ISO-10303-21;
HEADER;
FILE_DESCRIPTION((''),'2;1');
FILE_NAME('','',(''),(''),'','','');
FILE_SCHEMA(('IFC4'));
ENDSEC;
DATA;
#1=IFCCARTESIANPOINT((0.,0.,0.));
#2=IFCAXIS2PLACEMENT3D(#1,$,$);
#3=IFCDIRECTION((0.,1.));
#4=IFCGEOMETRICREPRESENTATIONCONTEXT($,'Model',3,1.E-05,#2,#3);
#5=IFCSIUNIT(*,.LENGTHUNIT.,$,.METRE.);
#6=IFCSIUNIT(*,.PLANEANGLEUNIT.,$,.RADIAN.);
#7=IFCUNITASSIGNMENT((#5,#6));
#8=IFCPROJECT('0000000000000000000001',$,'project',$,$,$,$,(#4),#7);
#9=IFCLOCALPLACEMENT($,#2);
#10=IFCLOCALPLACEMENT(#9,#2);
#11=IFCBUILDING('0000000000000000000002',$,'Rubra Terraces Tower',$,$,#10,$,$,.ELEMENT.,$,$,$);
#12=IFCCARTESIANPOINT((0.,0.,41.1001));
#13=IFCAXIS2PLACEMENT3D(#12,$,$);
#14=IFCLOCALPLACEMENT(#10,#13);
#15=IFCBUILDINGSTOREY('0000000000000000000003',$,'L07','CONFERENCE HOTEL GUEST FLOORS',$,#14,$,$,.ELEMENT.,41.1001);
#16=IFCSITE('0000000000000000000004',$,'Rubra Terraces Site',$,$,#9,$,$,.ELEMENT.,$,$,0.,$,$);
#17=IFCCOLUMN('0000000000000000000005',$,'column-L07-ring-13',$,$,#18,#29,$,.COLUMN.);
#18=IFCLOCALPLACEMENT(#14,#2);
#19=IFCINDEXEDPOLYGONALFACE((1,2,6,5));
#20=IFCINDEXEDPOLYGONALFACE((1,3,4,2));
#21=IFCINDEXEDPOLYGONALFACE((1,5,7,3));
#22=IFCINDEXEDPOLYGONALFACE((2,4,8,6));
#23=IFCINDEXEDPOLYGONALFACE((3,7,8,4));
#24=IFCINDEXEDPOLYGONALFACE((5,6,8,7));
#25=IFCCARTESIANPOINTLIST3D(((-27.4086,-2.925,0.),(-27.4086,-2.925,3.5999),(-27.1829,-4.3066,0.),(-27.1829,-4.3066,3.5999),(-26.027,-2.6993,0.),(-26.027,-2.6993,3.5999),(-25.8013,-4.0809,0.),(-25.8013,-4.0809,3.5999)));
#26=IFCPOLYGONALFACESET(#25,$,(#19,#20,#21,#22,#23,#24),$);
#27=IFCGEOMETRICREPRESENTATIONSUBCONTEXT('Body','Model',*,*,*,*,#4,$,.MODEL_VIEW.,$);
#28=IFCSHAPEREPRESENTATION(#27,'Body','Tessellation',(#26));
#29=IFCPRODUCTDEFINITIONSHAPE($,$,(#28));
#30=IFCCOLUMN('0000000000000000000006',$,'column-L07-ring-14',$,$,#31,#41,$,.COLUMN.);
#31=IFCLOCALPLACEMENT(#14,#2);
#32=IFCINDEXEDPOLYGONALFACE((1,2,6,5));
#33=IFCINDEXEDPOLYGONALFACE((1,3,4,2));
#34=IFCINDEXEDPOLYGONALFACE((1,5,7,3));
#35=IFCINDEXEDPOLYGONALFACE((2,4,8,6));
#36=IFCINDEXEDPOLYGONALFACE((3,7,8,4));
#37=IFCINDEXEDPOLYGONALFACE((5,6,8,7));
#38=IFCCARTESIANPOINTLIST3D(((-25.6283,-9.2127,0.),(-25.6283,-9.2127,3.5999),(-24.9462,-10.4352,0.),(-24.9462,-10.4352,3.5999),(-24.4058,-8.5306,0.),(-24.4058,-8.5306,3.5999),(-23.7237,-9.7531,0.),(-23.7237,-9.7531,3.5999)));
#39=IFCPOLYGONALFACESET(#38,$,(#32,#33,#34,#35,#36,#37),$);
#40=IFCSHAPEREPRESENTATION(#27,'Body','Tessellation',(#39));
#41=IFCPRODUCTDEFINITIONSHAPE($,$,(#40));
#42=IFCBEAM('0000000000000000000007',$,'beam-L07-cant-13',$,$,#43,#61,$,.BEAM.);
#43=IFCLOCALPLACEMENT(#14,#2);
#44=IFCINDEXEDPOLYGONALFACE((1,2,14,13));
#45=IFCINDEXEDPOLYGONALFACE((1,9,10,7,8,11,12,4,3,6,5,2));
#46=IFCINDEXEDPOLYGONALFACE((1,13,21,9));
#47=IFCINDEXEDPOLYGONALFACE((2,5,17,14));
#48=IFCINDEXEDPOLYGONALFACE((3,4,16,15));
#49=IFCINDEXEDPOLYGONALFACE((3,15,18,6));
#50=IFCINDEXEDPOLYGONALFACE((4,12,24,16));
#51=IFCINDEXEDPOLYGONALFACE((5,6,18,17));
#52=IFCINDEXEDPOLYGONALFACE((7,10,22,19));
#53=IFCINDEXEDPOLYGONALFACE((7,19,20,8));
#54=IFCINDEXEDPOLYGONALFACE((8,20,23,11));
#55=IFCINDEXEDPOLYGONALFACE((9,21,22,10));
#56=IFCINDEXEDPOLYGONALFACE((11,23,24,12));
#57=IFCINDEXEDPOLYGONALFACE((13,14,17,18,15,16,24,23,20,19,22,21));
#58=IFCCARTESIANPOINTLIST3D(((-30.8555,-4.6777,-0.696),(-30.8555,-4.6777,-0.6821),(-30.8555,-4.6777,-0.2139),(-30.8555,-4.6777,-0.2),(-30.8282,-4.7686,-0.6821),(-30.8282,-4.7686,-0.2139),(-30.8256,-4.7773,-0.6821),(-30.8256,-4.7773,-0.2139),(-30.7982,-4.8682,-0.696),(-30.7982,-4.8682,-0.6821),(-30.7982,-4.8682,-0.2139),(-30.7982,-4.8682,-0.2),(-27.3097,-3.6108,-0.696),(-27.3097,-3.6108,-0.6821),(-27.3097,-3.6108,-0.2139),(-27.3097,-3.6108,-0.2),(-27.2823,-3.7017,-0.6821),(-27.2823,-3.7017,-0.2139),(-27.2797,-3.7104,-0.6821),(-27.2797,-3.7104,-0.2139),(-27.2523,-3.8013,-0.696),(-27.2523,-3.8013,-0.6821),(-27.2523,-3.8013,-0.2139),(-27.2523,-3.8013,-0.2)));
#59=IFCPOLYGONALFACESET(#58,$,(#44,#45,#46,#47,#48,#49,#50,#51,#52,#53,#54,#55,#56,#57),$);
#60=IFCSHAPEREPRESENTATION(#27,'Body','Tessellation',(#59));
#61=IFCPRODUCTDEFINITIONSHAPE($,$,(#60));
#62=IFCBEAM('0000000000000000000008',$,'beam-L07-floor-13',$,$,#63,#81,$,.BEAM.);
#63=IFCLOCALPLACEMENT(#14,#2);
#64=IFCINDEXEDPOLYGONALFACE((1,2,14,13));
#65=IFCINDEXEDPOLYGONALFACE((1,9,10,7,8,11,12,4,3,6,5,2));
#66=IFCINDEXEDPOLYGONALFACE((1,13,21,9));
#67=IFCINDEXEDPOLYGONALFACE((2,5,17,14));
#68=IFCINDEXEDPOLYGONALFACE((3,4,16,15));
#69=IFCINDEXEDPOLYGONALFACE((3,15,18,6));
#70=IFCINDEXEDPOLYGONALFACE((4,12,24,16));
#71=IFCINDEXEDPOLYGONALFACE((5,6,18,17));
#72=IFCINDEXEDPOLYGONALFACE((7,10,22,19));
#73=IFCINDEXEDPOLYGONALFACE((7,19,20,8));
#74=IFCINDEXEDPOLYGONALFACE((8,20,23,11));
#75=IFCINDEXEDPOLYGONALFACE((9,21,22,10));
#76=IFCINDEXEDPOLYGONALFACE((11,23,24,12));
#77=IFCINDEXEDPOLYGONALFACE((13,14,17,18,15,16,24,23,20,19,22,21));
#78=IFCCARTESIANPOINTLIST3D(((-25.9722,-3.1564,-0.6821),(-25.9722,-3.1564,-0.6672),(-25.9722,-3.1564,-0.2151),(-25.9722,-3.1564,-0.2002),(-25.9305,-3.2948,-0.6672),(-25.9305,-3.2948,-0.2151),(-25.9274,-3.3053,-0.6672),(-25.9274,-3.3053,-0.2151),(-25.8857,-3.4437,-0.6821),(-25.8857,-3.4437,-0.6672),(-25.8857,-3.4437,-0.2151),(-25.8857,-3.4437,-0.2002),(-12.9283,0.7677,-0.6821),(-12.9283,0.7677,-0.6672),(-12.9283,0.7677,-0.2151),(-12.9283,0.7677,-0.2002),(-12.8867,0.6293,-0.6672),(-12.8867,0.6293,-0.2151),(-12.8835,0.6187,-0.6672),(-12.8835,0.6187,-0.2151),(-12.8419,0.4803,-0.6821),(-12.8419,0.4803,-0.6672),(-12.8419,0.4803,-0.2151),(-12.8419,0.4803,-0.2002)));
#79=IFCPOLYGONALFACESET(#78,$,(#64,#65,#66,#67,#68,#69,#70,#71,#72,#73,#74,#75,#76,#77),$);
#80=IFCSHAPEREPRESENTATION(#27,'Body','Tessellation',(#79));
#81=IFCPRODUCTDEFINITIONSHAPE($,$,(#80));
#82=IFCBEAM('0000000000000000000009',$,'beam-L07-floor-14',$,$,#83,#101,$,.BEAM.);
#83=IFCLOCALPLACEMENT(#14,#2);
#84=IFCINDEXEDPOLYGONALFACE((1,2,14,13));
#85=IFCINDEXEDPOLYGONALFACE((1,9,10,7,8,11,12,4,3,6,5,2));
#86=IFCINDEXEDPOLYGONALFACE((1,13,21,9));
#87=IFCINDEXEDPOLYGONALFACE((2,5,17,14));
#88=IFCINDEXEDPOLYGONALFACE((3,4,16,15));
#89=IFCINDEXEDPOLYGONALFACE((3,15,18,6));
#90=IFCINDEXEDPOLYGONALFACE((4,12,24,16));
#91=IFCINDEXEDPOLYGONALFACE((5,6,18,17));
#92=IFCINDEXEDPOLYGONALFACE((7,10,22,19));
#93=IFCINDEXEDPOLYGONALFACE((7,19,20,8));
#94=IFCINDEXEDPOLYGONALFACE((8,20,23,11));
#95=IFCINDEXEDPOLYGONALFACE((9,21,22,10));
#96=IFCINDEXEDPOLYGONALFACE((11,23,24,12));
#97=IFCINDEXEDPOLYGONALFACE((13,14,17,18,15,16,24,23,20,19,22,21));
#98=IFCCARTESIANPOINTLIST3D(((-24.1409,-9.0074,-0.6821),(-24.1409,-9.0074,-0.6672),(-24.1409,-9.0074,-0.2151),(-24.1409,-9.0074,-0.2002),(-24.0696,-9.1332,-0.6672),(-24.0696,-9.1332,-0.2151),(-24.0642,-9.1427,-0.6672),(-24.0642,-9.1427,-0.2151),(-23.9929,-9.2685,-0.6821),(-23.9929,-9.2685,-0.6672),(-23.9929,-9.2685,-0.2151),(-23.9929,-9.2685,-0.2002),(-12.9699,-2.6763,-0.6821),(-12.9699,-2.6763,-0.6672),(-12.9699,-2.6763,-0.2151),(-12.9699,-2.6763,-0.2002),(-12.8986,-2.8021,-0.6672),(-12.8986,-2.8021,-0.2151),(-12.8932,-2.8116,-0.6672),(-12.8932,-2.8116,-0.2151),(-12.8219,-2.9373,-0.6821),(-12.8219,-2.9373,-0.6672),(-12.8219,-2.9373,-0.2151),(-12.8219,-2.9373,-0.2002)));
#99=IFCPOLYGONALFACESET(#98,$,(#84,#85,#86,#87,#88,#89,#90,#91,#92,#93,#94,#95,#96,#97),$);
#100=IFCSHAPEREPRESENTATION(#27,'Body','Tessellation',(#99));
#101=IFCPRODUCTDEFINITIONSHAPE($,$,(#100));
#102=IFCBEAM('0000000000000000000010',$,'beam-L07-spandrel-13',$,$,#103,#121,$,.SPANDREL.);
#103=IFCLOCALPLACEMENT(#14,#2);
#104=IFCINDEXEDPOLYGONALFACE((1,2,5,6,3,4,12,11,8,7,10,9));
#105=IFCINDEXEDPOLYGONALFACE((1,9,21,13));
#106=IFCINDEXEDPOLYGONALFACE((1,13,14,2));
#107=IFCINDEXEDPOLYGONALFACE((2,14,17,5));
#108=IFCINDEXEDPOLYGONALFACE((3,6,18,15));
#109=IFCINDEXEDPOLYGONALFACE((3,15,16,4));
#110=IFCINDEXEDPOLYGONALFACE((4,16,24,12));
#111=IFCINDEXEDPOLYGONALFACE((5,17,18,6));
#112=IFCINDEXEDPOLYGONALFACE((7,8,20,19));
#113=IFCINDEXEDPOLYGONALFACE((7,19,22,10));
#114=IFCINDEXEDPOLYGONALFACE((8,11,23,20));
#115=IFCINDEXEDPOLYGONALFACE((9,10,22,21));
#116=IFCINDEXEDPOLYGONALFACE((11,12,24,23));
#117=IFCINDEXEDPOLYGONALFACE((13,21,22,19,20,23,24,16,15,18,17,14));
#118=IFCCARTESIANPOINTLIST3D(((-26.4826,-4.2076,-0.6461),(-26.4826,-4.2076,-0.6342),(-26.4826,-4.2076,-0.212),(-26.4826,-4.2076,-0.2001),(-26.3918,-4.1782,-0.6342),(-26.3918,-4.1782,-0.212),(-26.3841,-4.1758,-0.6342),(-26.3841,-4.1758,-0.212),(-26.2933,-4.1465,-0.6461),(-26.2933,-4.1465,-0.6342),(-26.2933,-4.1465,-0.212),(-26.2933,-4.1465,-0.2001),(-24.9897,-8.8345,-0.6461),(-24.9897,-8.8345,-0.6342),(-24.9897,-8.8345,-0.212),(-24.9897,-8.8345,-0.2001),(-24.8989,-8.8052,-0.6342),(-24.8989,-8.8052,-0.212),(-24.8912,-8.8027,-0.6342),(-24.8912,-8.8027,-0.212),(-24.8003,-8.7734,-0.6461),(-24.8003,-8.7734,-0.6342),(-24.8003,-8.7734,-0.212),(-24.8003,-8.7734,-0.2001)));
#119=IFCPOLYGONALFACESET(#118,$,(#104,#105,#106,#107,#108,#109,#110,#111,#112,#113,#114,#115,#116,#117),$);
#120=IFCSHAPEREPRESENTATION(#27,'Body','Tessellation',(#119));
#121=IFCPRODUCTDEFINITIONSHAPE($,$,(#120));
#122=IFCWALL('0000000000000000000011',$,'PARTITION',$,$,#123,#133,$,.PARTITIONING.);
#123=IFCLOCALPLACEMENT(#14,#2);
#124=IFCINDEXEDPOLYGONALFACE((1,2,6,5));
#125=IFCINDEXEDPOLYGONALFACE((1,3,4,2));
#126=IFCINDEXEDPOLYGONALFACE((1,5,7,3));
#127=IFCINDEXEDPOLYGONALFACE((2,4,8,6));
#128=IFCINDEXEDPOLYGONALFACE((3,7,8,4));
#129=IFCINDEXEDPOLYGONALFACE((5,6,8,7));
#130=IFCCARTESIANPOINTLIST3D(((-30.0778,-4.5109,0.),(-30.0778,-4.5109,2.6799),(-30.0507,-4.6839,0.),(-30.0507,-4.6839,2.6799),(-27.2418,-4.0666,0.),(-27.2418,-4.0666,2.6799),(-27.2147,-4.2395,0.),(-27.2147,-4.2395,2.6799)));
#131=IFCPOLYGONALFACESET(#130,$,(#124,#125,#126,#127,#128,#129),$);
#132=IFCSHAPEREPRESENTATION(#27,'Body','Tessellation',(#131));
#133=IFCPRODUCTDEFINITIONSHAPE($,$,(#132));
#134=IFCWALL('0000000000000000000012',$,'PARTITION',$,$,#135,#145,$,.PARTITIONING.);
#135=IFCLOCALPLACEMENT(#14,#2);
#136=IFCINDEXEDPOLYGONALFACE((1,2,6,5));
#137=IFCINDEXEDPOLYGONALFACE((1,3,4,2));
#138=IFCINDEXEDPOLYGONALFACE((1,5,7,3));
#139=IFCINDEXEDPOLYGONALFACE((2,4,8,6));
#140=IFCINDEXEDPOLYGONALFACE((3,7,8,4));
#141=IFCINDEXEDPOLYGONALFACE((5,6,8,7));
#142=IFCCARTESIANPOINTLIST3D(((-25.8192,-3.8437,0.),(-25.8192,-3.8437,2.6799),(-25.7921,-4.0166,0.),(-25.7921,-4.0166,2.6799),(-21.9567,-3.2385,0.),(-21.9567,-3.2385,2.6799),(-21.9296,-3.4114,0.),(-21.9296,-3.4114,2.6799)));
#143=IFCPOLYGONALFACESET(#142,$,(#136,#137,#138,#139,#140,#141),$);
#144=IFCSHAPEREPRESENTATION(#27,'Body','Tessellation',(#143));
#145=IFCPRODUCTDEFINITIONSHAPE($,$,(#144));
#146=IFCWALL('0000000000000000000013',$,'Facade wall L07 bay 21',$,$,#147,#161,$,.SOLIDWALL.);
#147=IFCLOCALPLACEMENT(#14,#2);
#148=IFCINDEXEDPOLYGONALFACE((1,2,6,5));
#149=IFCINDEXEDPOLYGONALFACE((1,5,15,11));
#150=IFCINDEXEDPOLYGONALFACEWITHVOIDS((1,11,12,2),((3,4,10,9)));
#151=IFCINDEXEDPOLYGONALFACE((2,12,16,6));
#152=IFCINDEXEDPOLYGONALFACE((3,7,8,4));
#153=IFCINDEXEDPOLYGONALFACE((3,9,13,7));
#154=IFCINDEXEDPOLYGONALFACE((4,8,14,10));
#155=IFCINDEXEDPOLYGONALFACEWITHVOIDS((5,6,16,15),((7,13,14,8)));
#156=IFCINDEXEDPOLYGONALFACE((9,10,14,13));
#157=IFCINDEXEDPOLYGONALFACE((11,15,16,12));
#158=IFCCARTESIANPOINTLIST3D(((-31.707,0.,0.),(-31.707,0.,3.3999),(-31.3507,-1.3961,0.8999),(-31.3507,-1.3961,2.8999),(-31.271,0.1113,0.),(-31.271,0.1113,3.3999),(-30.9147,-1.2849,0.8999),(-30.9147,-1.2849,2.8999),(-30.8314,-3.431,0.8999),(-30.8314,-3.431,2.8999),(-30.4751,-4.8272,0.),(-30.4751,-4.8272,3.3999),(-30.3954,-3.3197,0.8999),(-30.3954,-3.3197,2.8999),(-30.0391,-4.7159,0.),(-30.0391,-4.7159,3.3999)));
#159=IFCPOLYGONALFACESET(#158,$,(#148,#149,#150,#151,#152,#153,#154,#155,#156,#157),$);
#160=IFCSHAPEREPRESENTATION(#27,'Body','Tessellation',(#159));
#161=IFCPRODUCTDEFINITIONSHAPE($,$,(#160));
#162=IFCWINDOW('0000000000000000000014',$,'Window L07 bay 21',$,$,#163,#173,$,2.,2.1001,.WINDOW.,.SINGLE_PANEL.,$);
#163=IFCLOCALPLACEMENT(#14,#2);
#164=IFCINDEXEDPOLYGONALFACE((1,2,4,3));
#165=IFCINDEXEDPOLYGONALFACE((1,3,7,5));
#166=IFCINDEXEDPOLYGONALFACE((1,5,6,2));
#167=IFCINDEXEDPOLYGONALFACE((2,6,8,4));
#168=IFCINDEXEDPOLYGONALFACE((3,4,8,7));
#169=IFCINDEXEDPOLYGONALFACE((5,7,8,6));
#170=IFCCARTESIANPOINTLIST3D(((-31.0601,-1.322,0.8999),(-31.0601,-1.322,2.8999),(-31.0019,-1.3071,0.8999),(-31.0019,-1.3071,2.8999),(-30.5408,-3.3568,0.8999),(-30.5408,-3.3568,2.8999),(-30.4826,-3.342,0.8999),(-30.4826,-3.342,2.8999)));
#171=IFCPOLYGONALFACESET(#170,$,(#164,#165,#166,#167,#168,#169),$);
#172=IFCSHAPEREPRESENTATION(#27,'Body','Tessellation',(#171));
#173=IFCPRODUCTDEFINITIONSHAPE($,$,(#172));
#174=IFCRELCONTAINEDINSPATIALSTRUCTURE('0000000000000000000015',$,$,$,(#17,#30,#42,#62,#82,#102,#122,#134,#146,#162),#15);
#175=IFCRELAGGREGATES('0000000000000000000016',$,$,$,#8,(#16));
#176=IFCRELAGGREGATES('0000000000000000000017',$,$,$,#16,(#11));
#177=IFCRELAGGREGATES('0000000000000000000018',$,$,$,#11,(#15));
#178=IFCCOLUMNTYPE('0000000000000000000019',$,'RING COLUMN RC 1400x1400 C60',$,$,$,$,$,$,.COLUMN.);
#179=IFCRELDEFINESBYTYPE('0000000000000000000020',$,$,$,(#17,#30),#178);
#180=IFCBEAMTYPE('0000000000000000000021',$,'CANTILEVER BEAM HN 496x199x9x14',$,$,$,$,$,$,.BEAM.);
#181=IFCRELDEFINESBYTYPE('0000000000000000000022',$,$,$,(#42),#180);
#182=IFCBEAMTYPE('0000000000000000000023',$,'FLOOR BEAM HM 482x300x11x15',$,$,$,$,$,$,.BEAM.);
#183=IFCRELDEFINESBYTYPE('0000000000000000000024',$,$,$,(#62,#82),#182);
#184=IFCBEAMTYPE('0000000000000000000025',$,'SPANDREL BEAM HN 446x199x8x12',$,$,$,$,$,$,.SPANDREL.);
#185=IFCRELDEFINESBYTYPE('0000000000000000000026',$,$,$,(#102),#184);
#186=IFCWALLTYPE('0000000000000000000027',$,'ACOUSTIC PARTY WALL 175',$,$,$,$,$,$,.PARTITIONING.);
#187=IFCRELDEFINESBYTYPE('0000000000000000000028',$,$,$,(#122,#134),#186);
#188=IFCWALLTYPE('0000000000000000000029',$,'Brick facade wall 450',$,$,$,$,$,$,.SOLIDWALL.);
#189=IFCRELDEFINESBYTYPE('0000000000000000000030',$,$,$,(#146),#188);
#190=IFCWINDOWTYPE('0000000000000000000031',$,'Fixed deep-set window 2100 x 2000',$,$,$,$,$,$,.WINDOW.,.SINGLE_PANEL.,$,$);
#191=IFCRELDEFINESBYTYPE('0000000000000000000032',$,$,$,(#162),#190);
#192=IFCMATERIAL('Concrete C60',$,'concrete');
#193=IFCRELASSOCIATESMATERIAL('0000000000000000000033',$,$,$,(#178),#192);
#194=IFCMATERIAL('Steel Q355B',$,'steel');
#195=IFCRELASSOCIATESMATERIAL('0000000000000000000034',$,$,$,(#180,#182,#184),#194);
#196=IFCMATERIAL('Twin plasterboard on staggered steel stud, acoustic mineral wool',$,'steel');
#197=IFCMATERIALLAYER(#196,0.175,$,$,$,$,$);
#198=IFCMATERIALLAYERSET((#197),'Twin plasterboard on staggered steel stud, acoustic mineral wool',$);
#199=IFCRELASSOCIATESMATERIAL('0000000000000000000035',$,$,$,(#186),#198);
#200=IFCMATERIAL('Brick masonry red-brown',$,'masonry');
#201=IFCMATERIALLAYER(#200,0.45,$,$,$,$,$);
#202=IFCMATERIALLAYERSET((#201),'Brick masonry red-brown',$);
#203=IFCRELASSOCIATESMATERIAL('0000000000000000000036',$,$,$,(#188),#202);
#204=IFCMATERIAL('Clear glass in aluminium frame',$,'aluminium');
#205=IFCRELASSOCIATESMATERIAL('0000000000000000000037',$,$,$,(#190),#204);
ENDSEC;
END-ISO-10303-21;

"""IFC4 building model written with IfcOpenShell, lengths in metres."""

from ifc_helpers import new_model, si_unit, direction, frame, frame_2d, origin, origin_2d, place, context, subcontext, project, spatial, rectangle, i_section, extrude, material, layer, layer_set, material_profile, profile_set, type_object, element, fill, save


model = new_model("IFC4")

# Units and contexts
model_context = context("Model", 3, precision=1e-05, world=origin(), true_north=direction((0.0, 1.0)))
body_context = subcontext(model_context, "Body", "Model", "MODEL_VIEW")
ifc_project = project(units=[si_unit("LENGTHUNIT", "METRE"), si_unit("PLANEANGLEUNIT", "RADIAN")], contexts=[model_context])

# Site, building, storey
site_placement = place(None, origin())
site = spatial("IfcSite", under=ifc_project, at=site_placement, Name="Rubra Terraces Site", CompositionType="ELEMENT", RefElevation=0.0)
building_placement = place(site_placement, origin())
building = spatial("IfcBuilding", under=site, at=building_placement, Name="Rubra Terraces Tower", CompositionType="ELEMENT")
storey_placement = place(building_placement, frame((0.0, 0.0, 41.1001)))
storey = spatial("IfcBuildingStorey", under=building, at=storey_placement, Name="L07", Description="CONFERENCE HOTEL GUEST FLOORS", CompositionType="ELEMENT", Elevation=41.1001)

# Columns
ifc_material_1 = material(Name="Concrete C60", Category="concrete")
ifc_material_profile_1 = material_profile(ifc_material_1, rectangle(XDim=1.3999, YDim=1.3999, at=origin_2d()), Name="RC 1400x1400")
ifc_profile_set_1 = profile_set([ifc_material_profile_1], Name="Concrete C60")
column_type = type_object("IfcColumnType", Name="RING COLUMN RC 1400x1400 C60", PredefinedType="COLUMN", material=ifc_profile_set_1)
for number, where, z_axis, x_axis, name in (
    (1, (-26.605, -3.5029, 0.0), (0.0, 0.0, 1.0), (0.161234, -0.986916, 0.0), "column-L07-ring-13"),
    (2, (-24.676, -9.4829, 0.0), (0.0, 0.0, 1.0), (0.487227, -0.873276, 0.0), "column-L07-ring-14"),
):
    element("IfcColumn", number, at=place(storey_placement, frame(where, z_axis=z_axis, x_axis=x_axis)), inside=storey, type_object=column_type, Name=name, PredefinedType="COLUMN", context=body_context, shape_type="SweptSolid", body=[
        extrude(rectangle(XDim=1.3999, YDim=1.3999, at=origin_2d()), origin(), (0.0, 0.0, 1.0), 3.5999),
    ])

# Beams
ifc_material_2 = material(Name="Steel Q355B", Category="steel")
ifc_material_profile_2 = material_profile(ifc_material_2, i_section(OverallWidth=0.199, OverallDepth=0.4961, WebThickness=0.009, FlangeThickness=0.0139, at=origin_2d()), Name="HN 496x199x9x14")
ifc_profile_set_2 = profile_set([ifc_material_profile_2], Name="Steel Q355B")
beam_type_1 = type_object("IfcBeamType", Name="CANTILEVER BEAM HN 496x199x9x14", PredefinedType="BEAM", material=ifc_profile_set_2)
beam_1_placement = place(storey_placement, frame((-27.281, -3.7061, -0.448), z_axis=(-0.957594, -0.288122, 0.0), x_axis=(0.288122, -0.957594, 0.0)))
element("IfcBeam", 3, at=beam_1_placement, inside=storey, type_object=beam_type_1, Name="beam-L07-cant-13", PredefinedType="BEAM", context=body_context, shape_type="SweptSolid", body=[
    extrude(i_section(OverallWidth=0.199, OverallDepth=0.4961, WebThickness=0.009, FlangeThickness=0.0139, at=origin_2d()), origin(), (0.0, 0.0, 1.0), 3.7029),
])
ifc_material_profile_3 = material_profile(ifc_material_2, i_section(OverallWidth=0.3, OverallDepth=0.4819, WebThickness=0.011, FlangeThickness=0.0149, at=origin_2d()), Name="HM 482x300x11x15")
ifc_profile_set_3 = profile_set([ifc_material_profile_3], Name="Steel Q355B")
beam_type_2 = type_object("IfcBeamType", Name="FLOOR BEAM HM 482x300x11x15", PredefinedType="BEAM", material=ifc_profile_set_3)
beam_2_placement = place(storey_placement, frame((-25.929, -3.3, -0.4412), z_axis=(0.957606, 0.288081, 0.0), x_axis=(-0.288081, 0.957606, 0.0)))
element("IfcBeam", 4, at=beam_2_placement, inside=storey, type_object=beam_type_2, Name="beam-L07-floor-13", PredefinedType="BEAM", context=body_context, shape_type="SweptSolid", body=[
    extrude(i_section(OverallWidth=0.3, OverallDepth=0.4819, WebThickness=0.011, FlangeThickness=0.0149, at=origin_2d()), origin(), (0.0, 0.0, 1.0), 13.6213),
])
beam_3_placement = place(storey_placement, frame((-24.0669, -9.1379, -0.4412), z_axis=(0.869993, 0.493064, 0.0), x_axis=(-0.493064, 0.869993, 0.0)))
element("IfcBeam", 5, at=beam_3_placement, inside=storey, type_object=beam_type_2, Name="beam-L07-floor-14", PredefinedType="BEAM", context=body_context, shape_type="SweptSolid", body=[
    extrude(i_section(OverallWidth=0.3, OverallDepth=0.4819, WebThickness=0.011, FlangeThickness=0.0149, at=origin_2d()), origin(), (0.0, 0.0, 1.0), 12.8403),
])
ifc_material_profile_4 = material_profile(ifc_material_2, i_section(OverallWidth=0.199, OverallDepth=0.446, WebThickness=0.0081, FlangeThickness=0.012, at=origin_2d()), Name="HN 446x199x8x12")
ifc_profile_set_4 = profile_set([ifc_material_profile_4], Name="Steel Q355B")
beam_type_3 = type_object("IfcBeamType", Name="SPANDREL BEAM HN 446x199x8x12", PredefinedType="SPANDREL", material=ifc_profile_set_4)
beam_4_placement = place(storey_placement, frame((-26.3879, -4.177, -0.4231), z_axis=(0.307069, -0.951687, 0.0), x_axis=(0.951687, 0.307069, 0.0)))
element("IfcBeam", 6, at=beam_4_placement, inside=storey, type_object=beam_type_3, Name="beam-L07-spandrel-13", PredefinedType="SPANDREL", context=body_context, shape_type="SweptSolid", body=[
    extrude(i_section(OverallWidth=0.199, OverallDepth=0.446, WebThickness=0.0081, FlangeThickness=0.012, at=origin_2d()), origin(), (0.0, 0.0, 1.0), 4.8618),
])

# Walls
ifc_material_3 = material(Name="Twin plasterboard on staggered steel stud, acoustic mineral wool", Category="steel")
ifc_layer_1 = layer(ifc_material_3, 0.175)
ifc_layer_set_1 = layer_set([ifc_layer_1], Name="Twin plasterboard on staggered steel stud, acoustic mineral wool")
wall_type_1 = type_object("IfcWallType", Name="ACOUSTIC PARTY WALL 175", PredefinedType="PARTITIONING", material=ifc_layer_set_1)
wall_1_placement = place(storey_placement, frame((-30.0642, -4.5974, 0.0), z_axis=(0.0, 0.0, 1.0), x_axis=(0.987947, 0.154792, 0.0)))
element("IfcWall", 7, at=wall_1_placement, inside=storey, type_object=wall_type_1, Name="PARTITION", PredefinedType="PARTITIONING", context=body_context, shape_type="SweptSolid", body=[
    extrude(rectangle(XDim=2.8706, YDim=0.175, at=frame_2d((1.4353, 0.0))), origin(), (0.0, 0.0, 1.0), 2.6799),
])
wall_2_placement = place(storey_placement, frame((-25.8057, -3.9302, 0.0), z_axis=(0.0, 0.0, 1.0), x_axis=(0.987946, 0.154802, 0.0)))
element("IfcWall", 8, at=wall_2_placement, inside=storey, type_object=wall_type_1, Name="PARTITION", PredefinedType="PARTITIONING", context=body_context, shape_type="SweptSolid", body=[
    extrude(rectangle(XDim=3.9097, YDim=0.175, at=frame_2d((1.9548, 0.0))), origin(), (0.0, 0.0, 1.0), 2.6799),
])

# Wall, opening, window
ifc_material_4 = material(Name="Brick masonry red-brown", Category="masonry")
ifc_layer_2 = layer(ifc_material_4, 0.45)
ifc_layer_set_2 = layer_set([ifc_layer_2], Name="Brick masonry red-brown")
wall_type_2 = type_object("IfcWallType", Name="Brick facade wall 450", PredefinedType="SOLIDWALL", material=ifc_layer_set_2)
wall_3_placement = place(storey_placement, frame((-31.489, 0.0557, 0.0), z_axis=(0.0, 0.0, 1.0), x_axis=(0.247283, -0.968943, 0.0)))
wall_3 = element("IfcWall", 9, at=wall_3_placement, inside=storey, type_object=wall_type_2, Name="Facade wall L07 bay 21", PredefinedType="SOLIDWALL", context=body_context, shape_type="SweptSolid", body=[
    extrude(rectangle(XDim=4.9819, YDim=0.45, at=frame_2d((2.491, 0.0))), origin(), (0.0, 0.0, 1.0), 3.3999),
])
opening_1_placement = place(wall_3_placement, frame((1.4409, 0.0, 0.8999)))
opening_1 = element("IfcOpeningElement", 10, at=opening_1_placement, cuts=wall_3, PredefinedType="OPENING", context=body_context, shape_type="SweptSolid", body=[
    extrude(rectangle(XDim=2.1001, YDim=2.0, at=frame_2d((1.05, 1.0))), frame((0.0, 0.2349, 0.0), z_axis=(0.0, -1.0, 0.0), x_axis=(1.0, 0.0, 0.0)), (0.0, 0.0, 1.0), 0.47),
])
ifc_material_5 = material(Name="Clear glass in aluminium frame", Category="aluminium")
window_type_1 = type_object("IfcWindowType", Name="Fixed deep-set window 2100 x 2000", PartitioningType="SINGLE_PANEL", PredefinedType="WINDOW", material=ifc_material_5)
window_1_placement = place(opening_1_placement, origin())
window_1 = element("IfcWindow", 11, at=window_1_placement, inside=storey, type_object=window_type_1, Name="Window L07 bay 21", OverallHeight=2.0, OverallWidth=2.1001, PartitioningType="SINGLE_PANEL", PredefinedType="WINDOW", context=body_context, shape_type="SweptSolid", body=[
    extrude(rectangle(XDim=2.1001, YDim=2.0, at=frame_2d((1.05, 1.0))), frame((0.0, 0.135, 0.0), z_axis=(0.0, -1.0, 0.0), x_axis=(1.0, 0.0, 0.0)), (0.0, 0.0, 1.0), 0.0601),
])
fill(opening_1, window_1)

save(model, "model.ifc")
